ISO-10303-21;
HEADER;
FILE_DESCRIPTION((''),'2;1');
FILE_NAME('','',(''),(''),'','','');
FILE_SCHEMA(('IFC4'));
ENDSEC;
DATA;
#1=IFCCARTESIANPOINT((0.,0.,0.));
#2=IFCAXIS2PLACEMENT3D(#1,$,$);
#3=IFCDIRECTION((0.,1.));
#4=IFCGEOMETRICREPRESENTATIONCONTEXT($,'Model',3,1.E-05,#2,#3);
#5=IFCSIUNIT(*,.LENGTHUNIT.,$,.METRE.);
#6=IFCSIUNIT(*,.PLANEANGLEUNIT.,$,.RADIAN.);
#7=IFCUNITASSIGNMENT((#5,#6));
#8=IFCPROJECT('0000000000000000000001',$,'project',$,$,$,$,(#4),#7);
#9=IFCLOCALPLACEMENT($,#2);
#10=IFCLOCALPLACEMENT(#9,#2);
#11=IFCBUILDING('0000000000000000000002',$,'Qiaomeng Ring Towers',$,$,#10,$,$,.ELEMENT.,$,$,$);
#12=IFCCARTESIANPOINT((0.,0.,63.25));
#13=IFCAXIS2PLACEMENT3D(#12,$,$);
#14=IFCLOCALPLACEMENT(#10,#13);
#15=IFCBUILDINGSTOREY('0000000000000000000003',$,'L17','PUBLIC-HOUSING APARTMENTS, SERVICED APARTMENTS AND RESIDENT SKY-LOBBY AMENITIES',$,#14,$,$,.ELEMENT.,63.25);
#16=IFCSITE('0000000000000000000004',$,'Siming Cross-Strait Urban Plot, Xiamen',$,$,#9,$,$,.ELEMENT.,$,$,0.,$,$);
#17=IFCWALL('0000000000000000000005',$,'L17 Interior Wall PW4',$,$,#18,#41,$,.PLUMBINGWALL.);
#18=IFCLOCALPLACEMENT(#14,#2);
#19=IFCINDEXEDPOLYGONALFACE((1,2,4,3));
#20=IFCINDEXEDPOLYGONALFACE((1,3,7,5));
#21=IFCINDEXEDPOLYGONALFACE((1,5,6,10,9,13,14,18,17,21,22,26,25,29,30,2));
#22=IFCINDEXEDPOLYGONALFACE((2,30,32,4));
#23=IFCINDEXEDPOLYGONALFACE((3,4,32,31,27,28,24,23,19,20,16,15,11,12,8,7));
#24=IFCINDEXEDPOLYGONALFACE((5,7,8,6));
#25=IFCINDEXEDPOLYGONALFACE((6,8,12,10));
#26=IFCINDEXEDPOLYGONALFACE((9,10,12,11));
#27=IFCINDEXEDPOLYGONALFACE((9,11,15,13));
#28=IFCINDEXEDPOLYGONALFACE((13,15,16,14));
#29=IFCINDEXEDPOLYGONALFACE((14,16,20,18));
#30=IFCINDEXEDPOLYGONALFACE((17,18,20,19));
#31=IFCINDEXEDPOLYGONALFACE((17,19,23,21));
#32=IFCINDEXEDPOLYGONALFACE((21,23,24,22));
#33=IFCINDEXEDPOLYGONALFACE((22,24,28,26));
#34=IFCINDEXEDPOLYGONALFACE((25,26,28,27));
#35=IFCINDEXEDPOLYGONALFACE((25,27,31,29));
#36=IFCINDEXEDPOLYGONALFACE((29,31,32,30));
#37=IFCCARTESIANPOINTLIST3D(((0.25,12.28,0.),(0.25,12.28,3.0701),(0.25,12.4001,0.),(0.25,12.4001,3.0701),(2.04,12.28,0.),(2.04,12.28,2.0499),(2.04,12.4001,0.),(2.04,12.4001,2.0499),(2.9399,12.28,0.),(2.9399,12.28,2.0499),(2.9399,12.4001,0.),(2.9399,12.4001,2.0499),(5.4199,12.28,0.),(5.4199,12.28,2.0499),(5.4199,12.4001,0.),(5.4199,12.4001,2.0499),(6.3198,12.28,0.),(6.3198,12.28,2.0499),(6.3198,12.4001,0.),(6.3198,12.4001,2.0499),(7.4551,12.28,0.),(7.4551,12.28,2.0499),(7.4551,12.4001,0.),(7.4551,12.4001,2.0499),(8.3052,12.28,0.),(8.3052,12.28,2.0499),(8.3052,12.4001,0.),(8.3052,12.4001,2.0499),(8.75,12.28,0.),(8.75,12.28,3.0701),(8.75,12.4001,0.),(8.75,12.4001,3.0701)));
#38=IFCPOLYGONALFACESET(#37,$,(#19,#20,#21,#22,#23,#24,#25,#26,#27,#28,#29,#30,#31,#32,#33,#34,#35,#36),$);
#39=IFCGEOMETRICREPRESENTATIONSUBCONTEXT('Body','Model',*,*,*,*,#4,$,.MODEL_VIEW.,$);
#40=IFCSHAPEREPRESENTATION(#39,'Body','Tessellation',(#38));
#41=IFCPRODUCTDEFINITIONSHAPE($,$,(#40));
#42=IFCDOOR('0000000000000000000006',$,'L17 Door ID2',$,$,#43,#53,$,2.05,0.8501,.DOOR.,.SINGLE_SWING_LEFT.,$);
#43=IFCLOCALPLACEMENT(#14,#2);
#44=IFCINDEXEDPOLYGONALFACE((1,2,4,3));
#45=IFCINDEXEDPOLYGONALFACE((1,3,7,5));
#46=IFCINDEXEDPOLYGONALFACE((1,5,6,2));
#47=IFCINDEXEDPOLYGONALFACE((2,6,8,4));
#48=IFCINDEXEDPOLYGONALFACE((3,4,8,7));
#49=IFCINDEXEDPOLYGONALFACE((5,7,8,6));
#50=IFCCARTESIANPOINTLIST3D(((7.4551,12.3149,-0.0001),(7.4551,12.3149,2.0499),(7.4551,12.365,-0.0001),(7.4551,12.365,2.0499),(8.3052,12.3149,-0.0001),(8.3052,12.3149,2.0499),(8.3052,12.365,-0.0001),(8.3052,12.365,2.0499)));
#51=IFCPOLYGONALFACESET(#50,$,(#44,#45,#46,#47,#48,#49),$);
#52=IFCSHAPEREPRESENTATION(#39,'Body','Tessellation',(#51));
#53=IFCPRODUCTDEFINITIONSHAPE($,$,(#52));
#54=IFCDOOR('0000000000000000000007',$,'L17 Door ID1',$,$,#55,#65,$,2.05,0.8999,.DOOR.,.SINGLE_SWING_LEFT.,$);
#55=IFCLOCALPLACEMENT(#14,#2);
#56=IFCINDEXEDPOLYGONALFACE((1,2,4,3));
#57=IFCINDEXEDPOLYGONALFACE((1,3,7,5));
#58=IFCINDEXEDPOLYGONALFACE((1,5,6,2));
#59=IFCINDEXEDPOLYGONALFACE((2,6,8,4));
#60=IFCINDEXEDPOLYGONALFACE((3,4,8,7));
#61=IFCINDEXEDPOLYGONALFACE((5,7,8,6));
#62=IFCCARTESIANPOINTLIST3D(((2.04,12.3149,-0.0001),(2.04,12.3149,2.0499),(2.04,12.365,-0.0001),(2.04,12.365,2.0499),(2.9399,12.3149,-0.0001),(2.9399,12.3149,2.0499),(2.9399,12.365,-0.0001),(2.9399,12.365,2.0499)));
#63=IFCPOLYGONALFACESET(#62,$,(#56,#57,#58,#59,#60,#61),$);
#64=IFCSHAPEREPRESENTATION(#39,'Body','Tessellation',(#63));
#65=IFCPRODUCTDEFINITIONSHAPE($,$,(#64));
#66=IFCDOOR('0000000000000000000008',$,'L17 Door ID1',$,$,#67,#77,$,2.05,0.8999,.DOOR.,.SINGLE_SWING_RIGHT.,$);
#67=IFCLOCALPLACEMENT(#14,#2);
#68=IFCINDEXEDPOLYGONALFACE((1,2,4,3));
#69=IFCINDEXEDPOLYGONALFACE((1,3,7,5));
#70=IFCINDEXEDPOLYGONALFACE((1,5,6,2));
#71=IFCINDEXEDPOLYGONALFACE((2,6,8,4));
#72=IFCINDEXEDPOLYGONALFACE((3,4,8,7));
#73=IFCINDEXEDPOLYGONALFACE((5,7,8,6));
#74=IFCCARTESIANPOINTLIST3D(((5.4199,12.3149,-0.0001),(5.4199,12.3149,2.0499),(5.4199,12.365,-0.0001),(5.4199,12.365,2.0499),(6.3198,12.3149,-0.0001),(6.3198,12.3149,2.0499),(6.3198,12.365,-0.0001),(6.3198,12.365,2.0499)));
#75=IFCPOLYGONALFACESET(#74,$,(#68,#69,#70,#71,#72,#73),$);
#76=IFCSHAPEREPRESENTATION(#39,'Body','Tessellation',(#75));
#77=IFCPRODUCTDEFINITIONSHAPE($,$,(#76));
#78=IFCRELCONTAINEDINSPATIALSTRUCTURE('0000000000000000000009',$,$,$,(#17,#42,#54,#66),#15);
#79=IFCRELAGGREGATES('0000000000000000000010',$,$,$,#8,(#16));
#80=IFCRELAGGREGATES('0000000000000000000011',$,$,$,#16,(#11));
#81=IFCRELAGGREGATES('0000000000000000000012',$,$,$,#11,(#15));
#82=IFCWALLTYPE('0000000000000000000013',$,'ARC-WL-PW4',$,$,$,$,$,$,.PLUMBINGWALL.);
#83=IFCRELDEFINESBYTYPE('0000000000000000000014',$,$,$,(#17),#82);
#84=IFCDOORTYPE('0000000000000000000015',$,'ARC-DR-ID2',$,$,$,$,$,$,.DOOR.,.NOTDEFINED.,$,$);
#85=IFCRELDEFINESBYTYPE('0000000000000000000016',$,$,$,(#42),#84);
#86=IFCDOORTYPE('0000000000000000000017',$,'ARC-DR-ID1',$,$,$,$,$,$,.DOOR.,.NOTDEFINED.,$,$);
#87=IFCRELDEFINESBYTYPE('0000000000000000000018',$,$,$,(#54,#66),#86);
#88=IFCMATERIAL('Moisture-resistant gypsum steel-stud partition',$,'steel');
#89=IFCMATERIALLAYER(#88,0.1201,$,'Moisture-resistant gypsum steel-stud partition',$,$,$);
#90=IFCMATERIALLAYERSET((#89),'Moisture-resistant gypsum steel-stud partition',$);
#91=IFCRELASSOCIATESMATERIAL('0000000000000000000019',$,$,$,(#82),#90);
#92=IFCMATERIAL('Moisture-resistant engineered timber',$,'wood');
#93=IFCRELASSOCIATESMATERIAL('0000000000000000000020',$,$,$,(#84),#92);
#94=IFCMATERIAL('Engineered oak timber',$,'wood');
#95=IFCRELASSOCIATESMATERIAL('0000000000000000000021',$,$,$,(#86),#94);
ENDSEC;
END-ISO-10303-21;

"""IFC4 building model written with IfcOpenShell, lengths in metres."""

from ifc_helpers import new_model, si_unit, direction, frame, frame_2d, origin, place, context, subcontext, project, spatial, rectangle, extrude, source, transform, mapped, material, layer, layer_set, type_object, element, fill, save


model = new_model("IFC4")

# Units and contexts
model_context = context("Model", 3, precision=1e-05, world=origin(), true_north=direction((0.0, 1.0)))
body_context = subcontext(model_context, "Body", "Model", "MODEL_VIEW")
ifc_project = project(units=[si_unit("LENGTHUNIT", "METRE"), si_unit("PLANEANGLEUNIT", "RADIAN")], contexts=[model_context])

# Site, building, storey
site_placement = place(None, origin())
site = spatial("IfcSite", under=ifc_project, at=site_placement, Name="Siming Cross-Strait Urban Plot, Xiamen", CompositionType="ELEMENT", RefElevation=0.0)
building_placement = place(site_placement, origin())
building = spatial("IfcBuilding", under=site, at=building_placement, Name="Qiaomeng Ring Towers", CompositionType="ELEMENT")
storey_placement = place(building_placement, frame((0.0, 0.0, 63.25)))
storey = spatial("IfcBuildingStorey", under=building, at=storey_placement, Name="L17", Description="PUBLIC-HOUSING APARTMENTS, SERVICED APARTMENTS AND RESIDENT SKY-LOBBY AMENITIES", CompositionType="ELEMENT", Elevation=63.25)

# Wall, openings, doors
ifc_material_1 = material(Name="Moisture-resistant gypsum steel-stud partition", Category="steel")
ifc_layer_1 = layer(ifc_material_1, 0.1201, Name="Moisture-resistant gypsum steel-stud partition")
ifc_layer_set_1 = layer_set([ifc_layer_1], Name="Moisture-resistant gypsum steel-stud partition")
wall_type_1 = type_object("IfcWallType", Name="ARC-WL-PW4", PredefinedType="PLUMBINGWALL", material=ifc_layer_set_1)
wall_1_placement = place(storey_placement, frame((0.25, 12.3401, 0.0), z_axis=(0.0, 0.0, 1.0), x_axis=(1.0, 0.0, 0.0)))
wall_1 = element("IfcWall", 1, at=wall_1_placement, inside=storey, type_object=wall_type_1, Name="L17 Interior Wall PW4", PredefinedType="PLUMBINGWALL", context=body_context, shape_type="SweptSolid", body=[
    extrude(rectangle(XDim=8.5, YDim=0.1201, at=frame_2d((4.25, 0.0))), origin(), (0.0, 0.0, 1.0), 3.0701),
])
opening_1_placement = place(wall_1_placement, frame((1.79, 0.0, 0.0)))
opening_1 = element("IfcOpeningElement", 2, at=opening_1_placement, cuts=wall_1, PredefinedType="OPENING", context=body_context, shape_type="SweptSolid", body=[
    extrude(rectangle(XDim=0.8999, YDim=2.05, at=frame_2d((0.45, 1.0249))), frame((0.0, 0.0701, 0.0), z_axis=(0.0, -1.0, 0.0), x_axis=(1.0, 0.0, 0.0)), (0.0, 0.0, 1.0), 0.1401),
])
opening_2_placement = place(wall_1_placement, frame((5.1699, 0.0, 0.0)))
opening_2 = element("IfcOpeningElement", 3, at=opening_2_placement, cuts=wall_1, PredefinedType="OPENING", context=body_context, shape_type="SweptSolid", body=[
    extrude(rectangle(XDim=0.8999, YDim=2.05, at=frame_2d((0.45, 1.0249))), frame((0.0, 0.0701, 0.0), z_axis=(0.0, -1.0, 0.0), x_axis=(1.0, 0.0, 0.0)), (0.0, 0.0, 1.0), 0.1401),
])
opening_3_placement = place(wall_1_placement, frame((7.2051, 0.0, 0.0)))
opening_3 = element("IfcOpeningElement", 4, at=opening_3_placement, cuts=wall_1, PredefinedType="OPENING", context=body_context, shape_type="SweptSolid", body=[
    extrude(rectangle(XDim=0.8501, YDim=2.05, at=frame_2d((0.425, 1.0249))), frame((0.0, 0.0701, 0.0), z_axis=(0.0, -1.0, 0.0), x_axis=(1.0, 0.0, 0.0)), (0.0, 0.0, 1.0), 0.1401),
])
ifc_material_2 = material(Name="Moisture-resistant engineered timber", Category="wood")
door_type_1 = type_object("IfcDoorType", Name="ARC-DR-ID2", OperationType="NOTDEFINED", PredefinedType="DOOR", material=ifc_material_2)
shared_shape_1 = source(origin(), body_context, "Body", "SweptSolid", [
    extrude(rectangle(XDim=0.8501, YDim=2.05, at=frame_2d((0.425, 1.0249))), frame((0.0, 0.0249, 0.0), z_axis=(0.0, -1.0, 0.0), x_axis=(1.0, 0.0, 0.0)), (0.0, 0.0, 1.0), 0.05),
])
door_1_placement = place(opening_3_placement, origin())
door_1 = element("IfcDoor", 5, at=door_1_placement, inside=storey, type_object=door_type_1, Name="L17 Door ID2", OperationType="SINGLE_SWING_LEFT", OverallHeight=2.05, OverallWidth=0.8501, PredefinedType="DOOR", context=body_context, shape_type="MappedRepresentation", body=[
    mapped(shared_shape_1, transform((0.0, 0.0, 0.0), x_axis=(1.0, 0.0, 0.0), y_axis=(0.0, 1.0, 0.0), z_axis=(0.0, 0.0, 1.0), scale=1.0)),
])
fill(opening_3, door_1)
ifc_material_3 = material(Name="Engineered oak timber", Category="wood")
door_type_2 = type_object("IfcDoorType", Name="ARC-DR-ID1", OperationType="NOTDEFINED", PredefinedType="DOOR", material=ifc_material_3)
shared_shape_2 = source(origin(), body_context, "Body", "SweptSolid", [
    extrude(rectangle(XDim=0.8999, YDim=2.05, at=frame_2d((0.45, 1.0249))), frame((0.0, 0.0249, 0.0), z_axis=(0.0, -1.0, 0.0), x_axis=(1.0, 0.0, 0.0)), (0.0, 0.0, 1.0), 0.05),
])
door_2_placement = place(opening_1_placement, origin())
door_2 = element("IfcDoor", 6, at=door_2_placement, inside=storey, type_object=door_type_2, Name="L17 Door ID1", OperationType="SINGLE_SWING_LEFT", OverallHeight=2.05, OverallWidth=0.8999, PredefinedType="DOOR", context=body_context, shape_type="MappedRepresentation", body=[
    mapped(shared_shape_2, transform((0.0, 0.0, 0.0), x_axis=(1.0, 0.0, 0.0), y_axis=(0.0, 1.0, 0.0), z_axis=(0.0, 0.0, 1.0), scale=1.0)),
])
fill(opening_1, door_2)
door_3_placement = place(opening_2_placement, origin())
door_3 = element("IfcDoor", 7, at=door_3_placement, inside=storey, type_object=door_type_2, Name="L17 Door ID1", OperationType="SINGLE_SWING_RIGHT", OverallHeight=2.05, OverallWidth=0.8999, PredefinedType="DOOR", context=body_context, shape_type="MappedRepresentation", body=[
    mapped(shared_shape_2, transform((0.0, 0.0, 0.0), x_axis=(1.0, 0.0, 0.0), y_axis=(0.0, 1.0, 0.0), z_axis=(0.0, 0.0, 1.0), scale=1.0)),
])
fill(opening_2, door_3)

save(model, "model.ifc")
